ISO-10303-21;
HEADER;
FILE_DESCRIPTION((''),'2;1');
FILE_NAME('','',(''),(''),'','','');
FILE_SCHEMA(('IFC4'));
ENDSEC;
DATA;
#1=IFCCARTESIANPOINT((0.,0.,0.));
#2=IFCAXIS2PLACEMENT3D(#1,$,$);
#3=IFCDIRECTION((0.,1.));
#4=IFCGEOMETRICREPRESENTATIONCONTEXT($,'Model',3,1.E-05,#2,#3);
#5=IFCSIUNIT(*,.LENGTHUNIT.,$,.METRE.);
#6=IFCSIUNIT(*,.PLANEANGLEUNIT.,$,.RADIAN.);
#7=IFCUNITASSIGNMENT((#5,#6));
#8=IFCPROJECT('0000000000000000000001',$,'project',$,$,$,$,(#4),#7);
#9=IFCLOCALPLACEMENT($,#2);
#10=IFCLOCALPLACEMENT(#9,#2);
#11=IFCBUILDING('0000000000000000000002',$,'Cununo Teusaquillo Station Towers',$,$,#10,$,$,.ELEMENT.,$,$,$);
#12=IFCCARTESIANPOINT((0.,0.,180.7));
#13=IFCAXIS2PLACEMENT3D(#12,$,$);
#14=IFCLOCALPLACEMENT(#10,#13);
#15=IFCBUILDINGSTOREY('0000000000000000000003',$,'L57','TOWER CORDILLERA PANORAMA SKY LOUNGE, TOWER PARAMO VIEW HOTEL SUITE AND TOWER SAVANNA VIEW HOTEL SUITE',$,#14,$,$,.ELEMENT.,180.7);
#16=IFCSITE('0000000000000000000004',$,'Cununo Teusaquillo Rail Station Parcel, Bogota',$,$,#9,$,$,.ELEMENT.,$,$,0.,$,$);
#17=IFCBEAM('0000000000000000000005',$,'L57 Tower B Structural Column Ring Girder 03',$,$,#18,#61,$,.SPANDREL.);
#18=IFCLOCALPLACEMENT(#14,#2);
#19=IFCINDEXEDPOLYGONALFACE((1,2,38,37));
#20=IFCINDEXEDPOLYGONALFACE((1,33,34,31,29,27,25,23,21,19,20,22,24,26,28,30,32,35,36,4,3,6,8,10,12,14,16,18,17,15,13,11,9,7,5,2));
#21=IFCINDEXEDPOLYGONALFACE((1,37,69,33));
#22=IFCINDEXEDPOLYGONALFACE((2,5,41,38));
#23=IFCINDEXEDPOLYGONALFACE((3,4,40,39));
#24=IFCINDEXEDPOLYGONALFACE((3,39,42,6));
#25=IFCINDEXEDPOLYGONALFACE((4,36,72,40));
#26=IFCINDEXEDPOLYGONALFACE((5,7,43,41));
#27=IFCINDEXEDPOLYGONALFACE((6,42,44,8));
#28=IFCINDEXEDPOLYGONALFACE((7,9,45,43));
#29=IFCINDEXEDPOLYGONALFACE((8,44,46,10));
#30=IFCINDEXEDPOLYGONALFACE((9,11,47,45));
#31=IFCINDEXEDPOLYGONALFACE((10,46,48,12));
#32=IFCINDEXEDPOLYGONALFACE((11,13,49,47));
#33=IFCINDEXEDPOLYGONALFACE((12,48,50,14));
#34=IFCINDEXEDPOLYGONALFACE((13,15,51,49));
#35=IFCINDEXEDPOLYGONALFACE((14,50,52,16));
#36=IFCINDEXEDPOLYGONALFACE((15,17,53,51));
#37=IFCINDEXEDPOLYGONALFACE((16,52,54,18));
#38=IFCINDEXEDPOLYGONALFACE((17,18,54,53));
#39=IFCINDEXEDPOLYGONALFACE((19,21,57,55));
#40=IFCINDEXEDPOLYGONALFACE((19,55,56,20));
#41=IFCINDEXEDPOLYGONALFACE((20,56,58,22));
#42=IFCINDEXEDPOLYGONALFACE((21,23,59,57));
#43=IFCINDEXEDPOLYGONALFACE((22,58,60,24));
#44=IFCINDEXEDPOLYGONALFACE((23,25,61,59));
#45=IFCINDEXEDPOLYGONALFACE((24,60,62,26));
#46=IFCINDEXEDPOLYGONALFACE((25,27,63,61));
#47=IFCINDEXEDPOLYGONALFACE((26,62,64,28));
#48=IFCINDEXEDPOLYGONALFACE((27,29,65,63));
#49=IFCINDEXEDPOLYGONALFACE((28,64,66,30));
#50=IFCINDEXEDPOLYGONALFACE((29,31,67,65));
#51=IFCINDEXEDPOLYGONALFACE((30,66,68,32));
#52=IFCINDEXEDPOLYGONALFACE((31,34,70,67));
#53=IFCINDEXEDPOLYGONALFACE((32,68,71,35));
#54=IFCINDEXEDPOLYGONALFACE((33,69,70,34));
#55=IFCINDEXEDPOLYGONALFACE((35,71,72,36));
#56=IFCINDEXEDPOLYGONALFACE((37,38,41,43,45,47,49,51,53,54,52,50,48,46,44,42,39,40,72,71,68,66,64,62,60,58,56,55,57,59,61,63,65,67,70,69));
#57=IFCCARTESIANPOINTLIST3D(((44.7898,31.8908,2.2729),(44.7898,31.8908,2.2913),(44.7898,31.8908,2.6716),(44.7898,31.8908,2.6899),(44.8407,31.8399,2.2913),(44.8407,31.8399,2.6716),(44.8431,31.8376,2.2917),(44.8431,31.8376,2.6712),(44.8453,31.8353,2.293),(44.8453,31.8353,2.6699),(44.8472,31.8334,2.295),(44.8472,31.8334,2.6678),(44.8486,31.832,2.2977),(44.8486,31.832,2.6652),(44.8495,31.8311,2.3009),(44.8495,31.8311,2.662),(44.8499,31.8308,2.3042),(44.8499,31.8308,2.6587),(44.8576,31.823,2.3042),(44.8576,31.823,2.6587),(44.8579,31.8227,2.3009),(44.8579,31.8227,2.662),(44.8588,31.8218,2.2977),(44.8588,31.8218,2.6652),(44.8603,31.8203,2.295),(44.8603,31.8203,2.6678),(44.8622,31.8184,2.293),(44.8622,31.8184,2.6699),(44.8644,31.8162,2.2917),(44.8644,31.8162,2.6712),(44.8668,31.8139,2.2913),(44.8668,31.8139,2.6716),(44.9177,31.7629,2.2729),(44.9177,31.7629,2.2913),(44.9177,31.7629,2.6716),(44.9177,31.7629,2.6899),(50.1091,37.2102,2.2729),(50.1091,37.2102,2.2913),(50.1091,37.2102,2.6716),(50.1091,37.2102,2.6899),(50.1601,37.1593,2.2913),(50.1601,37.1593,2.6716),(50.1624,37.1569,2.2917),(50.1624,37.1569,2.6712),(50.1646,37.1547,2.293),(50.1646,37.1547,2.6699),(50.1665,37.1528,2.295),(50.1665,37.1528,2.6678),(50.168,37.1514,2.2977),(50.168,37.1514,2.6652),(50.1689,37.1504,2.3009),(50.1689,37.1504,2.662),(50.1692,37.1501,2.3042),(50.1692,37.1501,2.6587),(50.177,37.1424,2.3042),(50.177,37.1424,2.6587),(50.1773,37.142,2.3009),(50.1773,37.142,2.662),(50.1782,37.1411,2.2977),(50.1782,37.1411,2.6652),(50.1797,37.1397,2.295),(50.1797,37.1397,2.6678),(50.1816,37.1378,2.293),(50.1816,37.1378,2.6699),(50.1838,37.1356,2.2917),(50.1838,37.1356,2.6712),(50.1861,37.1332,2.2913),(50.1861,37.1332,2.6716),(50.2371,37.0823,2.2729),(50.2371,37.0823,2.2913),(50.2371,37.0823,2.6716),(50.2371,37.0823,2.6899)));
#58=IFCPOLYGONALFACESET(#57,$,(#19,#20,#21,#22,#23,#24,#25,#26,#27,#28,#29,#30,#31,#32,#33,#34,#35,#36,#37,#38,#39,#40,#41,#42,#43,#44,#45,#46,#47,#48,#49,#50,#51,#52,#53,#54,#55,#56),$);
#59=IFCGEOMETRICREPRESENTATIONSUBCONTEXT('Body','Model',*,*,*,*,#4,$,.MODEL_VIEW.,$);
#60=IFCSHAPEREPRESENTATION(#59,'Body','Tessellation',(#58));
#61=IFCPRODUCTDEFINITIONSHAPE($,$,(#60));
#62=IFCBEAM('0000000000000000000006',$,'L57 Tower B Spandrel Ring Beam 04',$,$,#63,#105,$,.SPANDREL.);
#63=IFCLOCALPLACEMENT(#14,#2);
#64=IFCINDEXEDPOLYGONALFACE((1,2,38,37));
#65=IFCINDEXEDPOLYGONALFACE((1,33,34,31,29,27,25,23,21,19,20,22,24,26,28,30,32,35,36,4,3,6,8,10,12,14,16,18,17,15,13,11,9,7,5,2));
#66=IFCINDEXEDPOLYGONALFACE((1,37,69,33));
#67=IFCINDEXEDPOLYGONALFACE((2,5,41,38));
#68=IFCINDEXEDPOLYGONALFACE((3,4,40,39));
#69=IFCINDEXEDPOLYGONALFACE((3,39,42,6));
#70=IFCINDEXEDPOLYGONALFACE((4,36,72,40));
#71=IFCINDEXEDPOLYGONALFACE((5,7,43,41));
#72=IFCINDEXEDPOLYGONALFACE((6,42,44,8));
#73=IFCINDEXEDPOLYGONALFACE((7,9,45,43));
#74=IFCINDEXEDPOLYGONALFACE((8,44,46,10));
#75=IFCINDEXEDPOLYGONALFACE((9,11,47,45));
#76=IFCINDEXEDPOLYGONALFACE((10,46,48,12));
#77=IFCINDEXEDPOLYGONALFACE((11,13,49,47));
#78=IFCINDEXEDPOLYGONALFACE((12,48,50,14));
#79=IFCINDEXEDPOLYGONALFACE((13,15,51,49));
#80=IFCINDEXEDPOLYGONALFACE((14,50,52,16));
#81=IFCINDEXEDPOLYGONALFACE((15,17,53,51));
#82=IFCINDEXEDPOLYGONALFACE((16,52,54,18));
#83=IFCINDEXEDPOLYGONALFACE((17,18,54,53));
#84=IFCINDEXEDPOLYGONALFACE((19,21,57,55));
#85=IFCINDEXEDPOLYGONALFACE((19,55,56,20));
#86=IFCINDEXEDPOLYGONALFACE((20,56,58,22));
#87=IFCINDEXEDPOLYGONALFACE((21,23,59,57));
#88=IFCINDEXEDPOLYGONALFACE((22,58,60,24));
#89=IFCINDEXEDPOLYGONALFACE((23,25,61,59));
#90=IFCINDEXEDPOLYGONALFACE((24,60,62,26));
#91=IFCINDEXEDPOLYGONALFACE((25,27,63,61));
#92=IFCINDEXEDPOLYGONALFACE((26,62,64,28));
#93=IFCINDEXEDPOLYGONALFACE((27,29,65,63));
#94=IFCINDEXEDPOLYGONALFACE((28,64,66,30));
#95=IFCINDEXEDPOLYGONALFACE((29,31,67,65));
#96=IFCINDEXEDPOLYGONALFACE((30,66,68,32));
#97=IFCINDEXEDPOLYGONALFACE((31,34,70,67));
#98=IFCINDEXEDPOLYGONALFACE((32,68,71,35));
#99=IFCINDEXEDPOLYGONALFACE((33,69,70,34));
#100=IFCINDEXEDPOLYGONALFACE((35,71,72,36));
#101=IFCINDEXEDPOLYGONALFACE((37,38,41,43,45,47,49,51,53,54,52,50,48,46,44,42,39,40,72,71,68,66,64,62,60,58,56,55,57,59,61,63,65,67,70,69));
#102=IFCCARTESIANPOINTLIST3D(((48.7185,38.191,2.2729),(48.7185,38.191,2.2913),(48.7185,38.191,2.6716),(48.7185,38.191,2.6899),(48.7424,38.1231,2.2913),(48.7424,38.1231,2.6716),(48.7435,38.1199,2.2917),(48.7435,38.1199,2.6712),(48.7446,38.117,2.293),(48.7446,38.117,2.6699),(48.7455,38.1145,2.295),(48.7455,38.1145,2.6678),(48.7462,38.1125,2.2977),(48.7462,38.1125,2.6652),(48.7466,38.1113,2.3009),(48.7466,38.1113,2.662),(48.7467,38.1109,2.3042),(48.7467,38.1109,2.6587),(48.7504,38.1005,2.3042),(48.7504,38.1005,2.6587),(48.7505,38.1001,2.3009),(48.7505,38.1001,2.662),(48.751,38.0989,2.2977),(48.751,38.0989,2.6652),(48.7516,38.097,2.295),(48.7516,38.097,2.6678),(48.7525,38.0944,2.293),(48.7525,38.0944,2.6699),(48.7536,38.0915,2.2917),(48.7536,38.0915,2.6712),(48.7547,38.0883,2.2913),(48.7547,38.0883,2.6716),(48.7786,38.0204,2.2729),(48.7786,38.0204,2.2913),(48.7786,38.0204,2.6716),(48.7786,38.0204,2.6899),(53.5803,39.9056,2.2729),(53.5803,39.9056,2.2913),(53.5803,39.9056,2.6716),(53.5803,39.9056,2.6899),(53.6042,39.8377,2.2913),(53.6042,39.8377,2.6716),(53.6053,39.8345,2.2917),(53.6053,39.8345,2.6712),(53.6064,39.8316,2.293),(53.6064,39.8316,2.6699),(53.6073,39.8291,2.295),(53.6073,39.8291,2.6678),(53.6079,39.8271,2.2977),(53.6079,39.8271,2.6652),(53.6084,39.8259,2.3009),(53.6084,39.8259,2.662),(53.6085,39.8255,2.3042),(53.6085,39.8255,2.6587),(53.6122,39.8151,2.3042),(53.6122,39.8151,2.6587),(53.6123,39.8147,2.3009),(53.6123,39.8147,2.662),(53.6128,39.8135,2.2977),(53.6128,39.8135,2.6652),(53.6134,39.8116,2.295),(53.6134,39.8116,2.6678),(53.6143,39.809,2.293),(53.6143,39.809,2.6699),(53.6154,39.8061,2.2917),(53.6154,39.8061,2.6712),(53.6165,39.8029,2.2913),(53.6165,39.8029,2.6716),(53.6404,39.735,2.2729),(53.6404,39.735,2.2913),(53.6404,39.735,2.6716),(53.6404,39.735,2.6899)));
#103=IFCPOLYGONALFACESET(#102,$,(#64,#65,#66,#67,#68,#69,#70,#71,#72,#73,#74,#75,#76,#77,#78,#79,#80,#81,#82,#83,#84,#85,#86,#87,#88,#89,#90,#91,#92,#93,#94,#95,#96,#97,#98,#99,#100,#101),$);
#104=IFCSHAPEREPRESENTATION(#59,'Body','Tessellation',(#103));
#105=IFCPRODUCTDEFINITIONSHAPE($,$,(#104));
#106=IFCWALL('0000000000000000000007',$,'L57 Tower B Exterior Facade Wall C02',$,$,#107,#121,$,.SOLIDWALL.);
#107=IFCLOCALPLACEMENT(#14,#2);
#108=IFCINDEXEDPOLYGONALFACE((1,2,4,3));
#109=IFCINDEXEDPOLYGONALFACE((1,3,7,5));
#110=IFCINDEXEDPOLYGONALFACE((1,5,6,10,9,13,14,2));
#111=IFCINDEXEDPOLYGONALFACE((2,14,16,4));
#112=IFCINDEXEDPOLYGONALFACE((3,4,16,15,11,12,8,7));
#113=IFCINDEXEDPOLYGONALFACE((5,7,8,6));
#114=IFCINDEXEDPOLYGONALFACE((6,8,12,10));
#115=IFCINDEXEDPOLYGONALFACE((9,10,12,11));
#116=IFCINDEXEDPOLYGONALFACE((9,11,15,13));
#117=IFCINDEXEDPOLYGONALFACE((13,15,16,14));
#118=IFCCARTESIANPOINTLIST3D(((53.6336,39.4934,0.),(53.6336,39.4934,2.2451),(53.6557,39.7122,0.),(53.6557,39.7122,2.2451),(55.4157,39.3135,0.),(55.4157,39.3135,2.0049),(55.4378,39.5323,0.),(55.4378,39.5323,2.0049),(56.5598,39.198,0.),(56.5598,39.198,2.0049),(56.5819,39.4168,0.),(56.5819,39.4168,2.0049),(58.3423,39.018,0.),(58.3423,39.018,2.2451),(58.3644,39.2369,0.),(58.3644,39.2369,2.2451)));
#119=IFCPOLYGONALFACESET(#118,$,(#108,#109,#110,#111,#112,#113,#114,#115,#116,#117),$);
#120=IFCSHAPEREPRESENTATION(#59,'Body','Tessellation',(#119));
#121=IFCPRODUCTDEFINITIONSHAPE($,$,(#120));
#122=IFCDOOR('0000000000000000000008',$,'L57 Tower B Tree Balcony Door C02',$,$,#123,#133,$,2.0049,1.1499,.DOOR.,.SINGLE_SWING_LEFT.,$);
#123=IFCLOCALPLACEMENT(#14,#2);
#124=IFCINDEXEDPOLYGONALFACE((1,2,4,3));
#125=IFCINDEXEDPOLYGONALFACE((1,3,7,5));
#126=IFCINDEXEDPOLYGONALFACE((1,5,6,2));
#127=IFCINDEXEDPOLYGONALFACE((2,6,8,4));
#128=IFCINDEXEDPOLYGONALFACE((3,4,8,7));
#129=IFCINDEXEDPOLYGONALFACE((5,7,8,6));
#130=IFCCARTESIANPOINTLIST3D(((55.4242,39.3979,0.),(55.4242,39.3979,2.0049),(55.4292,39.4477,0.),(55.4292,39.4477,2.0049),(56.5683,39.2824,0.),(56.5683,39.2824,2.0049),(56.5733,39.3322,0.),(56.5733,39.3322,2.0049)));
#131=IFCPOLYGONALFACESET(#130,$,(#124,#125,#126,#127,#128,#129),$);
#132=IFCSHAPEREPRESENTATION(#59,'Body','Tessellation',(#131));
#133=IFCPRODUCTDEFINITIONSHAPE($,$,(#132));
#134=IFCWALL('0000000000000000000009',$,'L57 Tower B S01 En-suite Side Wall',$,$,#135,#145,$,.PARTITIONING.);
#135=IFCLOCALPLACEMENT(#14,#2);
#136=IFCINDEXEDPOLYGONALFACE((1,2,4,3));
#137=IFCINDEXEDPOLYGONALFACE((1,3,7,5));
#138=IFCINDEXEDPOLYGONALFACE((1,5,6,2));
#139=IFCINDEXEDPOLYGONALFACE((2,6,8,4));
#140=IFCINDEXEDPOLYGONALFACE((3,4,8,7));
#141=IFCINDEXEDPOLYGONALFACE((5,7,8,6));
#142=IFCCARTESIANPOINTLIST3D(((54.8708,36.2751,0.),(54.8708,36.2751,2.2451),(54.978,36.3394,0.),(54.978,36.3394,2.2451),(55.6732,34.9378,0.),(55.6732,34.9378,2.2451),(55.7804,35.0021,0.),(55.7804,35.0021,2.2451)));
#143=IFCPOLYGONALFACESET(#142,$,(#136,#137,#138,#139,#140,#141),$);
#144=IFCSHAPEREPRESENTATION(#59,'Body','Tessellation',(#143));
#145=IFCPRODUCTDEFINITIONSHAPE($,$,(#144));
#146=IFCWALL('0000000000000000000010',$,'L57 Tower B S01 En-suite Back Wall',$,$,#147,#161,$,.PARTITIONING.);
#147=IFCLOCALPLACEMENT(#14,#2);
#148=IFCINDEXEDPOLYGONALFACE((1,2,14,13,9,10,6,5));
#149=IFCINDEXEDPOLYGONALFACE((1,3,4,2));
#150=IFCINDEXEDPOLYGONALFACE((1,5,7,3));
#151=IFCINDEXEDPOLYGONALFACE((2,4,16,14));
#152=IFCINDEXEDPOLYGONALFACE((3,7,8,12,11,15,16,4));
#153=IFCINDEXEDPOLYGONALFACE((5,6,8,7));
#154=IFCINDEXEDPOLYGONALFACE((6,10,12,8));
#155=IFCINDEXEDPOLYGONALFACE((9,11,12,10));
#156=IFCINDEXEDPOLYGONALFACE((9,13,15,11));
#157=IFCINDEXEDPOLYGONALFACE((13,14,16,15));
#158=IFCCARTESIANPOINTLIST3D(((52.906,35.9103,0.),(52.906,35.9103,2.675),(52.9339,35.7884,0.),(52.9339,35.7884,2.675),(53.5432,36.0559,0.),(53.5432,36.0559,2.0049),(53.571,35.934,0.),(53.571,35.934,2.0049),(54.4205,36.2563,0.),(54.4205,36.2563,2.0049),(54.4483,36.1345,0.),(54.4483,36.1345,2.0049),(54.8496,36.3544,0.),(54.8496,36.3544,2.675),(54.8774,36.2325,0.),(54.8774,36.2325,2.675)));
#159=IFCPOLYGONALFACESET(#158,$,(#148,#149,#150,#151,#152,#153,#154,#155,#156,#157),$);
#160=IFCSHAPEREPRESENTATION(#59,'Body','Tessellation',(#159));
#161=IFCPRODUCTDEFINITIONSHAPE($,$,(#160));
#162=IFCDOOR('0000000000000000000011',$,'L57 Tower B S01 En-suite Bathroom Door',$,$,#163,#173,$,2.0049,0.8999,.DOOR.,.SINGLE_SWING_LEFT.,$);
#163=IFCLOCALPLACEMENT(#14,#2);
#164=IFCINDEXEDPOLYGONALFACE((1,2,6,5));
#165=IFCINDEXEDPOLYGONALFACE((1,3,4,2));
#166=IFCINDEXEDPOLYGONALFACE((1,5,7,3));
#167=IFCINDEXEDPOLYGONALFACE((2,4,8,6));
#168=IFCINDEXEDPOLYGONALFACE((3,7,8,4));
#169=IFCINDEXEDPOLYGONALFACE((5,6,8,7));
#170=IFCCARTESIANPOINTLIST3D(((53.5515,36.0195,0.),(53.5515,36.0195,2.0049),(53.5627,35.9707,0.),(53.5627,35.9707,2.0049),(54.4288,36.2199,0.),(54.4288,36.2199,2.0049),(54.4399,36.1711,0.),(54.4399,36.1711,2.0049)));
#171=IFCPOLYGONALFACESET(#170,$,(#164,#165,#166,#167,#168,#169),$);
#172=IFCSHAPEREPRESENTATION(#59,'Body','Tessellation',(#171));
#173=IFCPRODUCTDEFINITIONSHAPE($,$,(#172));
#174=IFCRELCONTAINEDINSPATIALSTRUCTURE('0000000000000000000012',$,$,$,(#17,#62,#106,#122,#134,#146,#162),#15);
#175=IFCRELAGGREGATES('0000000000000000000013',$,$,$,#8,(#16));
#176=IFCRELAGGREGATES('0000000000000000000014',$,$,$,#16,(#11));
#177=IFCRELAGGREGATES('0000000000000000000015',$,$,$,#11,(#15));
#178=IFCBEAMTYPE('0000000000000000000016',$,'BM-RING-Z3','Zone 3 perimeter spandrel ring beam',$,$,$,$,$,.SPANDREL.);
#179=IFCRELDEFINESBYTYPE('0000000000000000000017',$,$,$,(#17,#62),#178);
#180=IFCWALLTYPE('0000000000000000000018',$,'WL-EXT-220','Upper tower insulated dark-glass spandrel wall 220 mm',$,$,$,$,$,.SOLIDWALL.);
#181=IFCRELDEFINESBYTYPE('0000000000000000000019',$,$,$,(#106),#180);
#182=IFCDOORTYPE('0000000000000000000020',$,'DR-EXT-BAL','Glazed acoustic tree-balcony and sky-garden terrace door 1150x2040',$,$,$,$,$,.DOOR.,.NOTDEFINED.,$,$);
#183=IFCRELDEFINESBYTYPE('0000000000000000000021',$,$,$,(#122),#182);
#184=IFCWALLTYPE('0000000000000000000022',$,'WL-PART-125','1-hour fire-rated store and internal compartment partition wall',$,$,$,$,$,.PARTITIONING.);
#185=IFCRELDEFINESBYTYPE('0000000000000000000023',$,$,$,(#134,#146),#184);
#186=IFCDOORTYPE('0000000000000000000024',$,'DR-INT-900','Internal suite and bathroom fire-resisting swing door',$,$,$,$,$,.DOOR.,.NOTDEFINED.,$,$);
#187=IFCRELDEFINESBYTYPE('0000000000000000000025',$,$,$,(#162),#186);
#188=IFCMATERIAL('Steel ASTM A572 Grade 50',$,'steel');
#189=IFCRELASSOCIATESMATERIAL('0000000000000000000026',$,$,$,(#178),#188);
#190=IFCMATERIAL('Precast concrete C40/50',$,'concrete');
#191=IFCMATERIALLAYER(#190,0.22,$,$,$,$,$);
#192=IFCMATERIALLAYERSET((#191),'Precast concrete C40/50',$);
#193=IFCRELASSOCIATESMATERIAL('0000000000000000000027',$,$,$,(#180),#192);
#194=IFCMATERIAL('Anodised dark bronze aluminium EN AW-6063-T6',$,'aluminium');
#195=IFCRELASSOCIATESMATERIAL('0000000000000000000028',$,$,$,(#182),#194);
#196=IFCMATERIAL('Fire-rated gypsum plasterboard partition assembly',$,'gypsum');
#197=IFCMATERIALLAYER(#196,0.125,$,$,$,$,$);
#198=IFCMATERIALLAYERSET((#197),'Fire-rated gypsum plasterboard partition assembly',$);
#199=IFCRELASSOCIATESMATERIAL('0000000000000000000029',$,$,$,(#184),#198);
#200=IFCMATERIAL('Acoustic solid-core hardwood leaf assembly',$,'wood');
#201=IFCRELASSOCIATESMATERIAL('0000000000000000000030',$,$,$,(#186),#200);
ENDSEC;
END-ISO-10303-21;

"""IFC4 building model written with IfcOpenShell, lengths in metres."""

from ifc_helpers import new_model, si_unit, direction, frame, frame_2d, origin, origin_2d, place, context, subcontext, project, spatial, rectangle, i_section, extrude, source, transform, mapped, material, layer, layer_set, material_profile, profile_set, type_object, element, fill, save


model = new_model("IFC4")

# Units and contexts
model_context = context("Model", 3, precision=1e-05, world=origin(), true_north=direction((0.0, 1.0)))
body_context = subcontext(model_context, "Body", "Model", "MODEL_VIEW")
ifc_project = project(units=[si_unit("LENGTHUNIT", "METRE"), si_unit("PLANEANGLEUNIT", "RADIAN")], contexts=[model_context])

# Site, building, storey
site_placement = place(None, origin())
site = spatial("IfcSite", under=ifc_project, at=site_placement, Name="Cununo Teusaquillo Rail Station Parcel, Bogota", CompositionType="ELEMENT", RefElevation=0.0)
building_placement = place(site_placement, origin())
building = spatial("IfcBuilding", under=site, at=building_placement, Name="Cununo Teusaquillo Station Towers", CompositionType="ELEMENT")
storey_placement = place(building_placement, frame((0.0, 0.0, 180.7)))
storey = spatial("IfcBuildingStorey", under=building, at=storey_placement, Name="L57", Description="TOWER CORDILLERA PANORAMA SKY LOUNGE, TOWER PARAMO VIEW HOTEL SUITE AND TOWER SAVANNA VIEW HOTEL SUITE", CompositionType="ELEMENT", Elevation=180.7)

# Beams
ifc_material_1 = material(Name="Steel ASTM A572 Grade 50", Category="steel")
ifc_material_profile_1 = material_profile(ifc_material_1, i_section(OverallWidth=0.1809, OverallDepth=0.417, WebThickness=0.011, FlangeThickness=0.0183, FilletRadius=0.0129, at=origin_2d()), Name="W16X57")
ifc_profile_set_1 = profile_set([ifc_material_profile_1], Name="Steel ASTM A572 Grade 50")
beam_type_1 = type_object("IfcBeamType", Name="BM-RING-Z3", Description="Zone 3 perimeter spandrel ring beam", PredefinedType="SPANDREL", material=ifc_profile_set_1)
beam_1_placement = place(storey_placement, frame((50.1731, 37.1462, 2.4814), z_axis=(-0.707107, -0.707107, 0.0), x_axis=(0.707107, -0.707107, 0.0)))
element("IfcBeam", 1, at=beam_1_placement, inside=storey, type_object=beam_type_1, Name="L57 Tower B Structural Column Ring Girder 03", PredefinedType="SPANDREL", context=body_context, shape_type="SweptSolid", body=[
    extrude(i_section(OverallWidth=0.1809, OverallDepth=0.417, WebThickness=0.011, FlangeThickness=0.0183, FilletRadius=0.0129, at=origin_2d()), origin(), (0.0, 0.0, 1.0), 7.5227),
])
beam_2_placement = place(storey_placement, frame((53.6104, 39.8203, 2.4814), z_axis=(-0.943072, -0.33259, 0.0), x_axis=(0.33259, -0.943072, 0.0)))
element("IfcBeam", 2, at=beam_2_placement, inside=storey, type_object=beam_type_1, Name="L57 Tower B Spandrel Ring Beam 04", PredefinedType="SPANDREL", context=body_context, shape_type="SweptSolid", body=[
    extrude(i_section(OverallWidth=0.1809, OverallDepth=0.417, WebThickness=0.011, FlangeThickness=0.0183, FilletRadius=0.0129, at=origin_2d()), origin(), (0.0, 0.0, 1.0), 5.1553),
])

# Wall, opening, door
ifc_material_2 = material(Name="Precast concrete C40/50", Category="concrete")
ifc_layer_1 = layer(ifc_material_2, 0.22)
ifc_layer_set_1 = layer_set([ifc_layer_1], Name="Precast concrete C40/50")
wall_type_1 = type_object("IfcWallType", Name="WL-EXT-220", Description="Upper tower insulated dark-glass spandrel wall 220 mm", PredefinedType="SOLIDWALL", material=ifc_layer_set_1)
wall_1_placement = place(storey_placement, frame((53.6448, 39.6028, 0.0), z_axis=(0.0, 0.0, 1.0), x_axis=(0.994943, -0.100438, 0.0)))
wall_1 = element("IfcWall", 3, at=wall_1_placement, inside=storey, type_object=wall_type_1, Name="L57 Tower B Exterior Facade Wall C02", PredefinedType="SOLIDWALL", context=body_context, shape_type="SweptSolid", body=[
    extrude(rectangle(XDim=4.7327, YDim=0.22, at=frame_2d((2.3662, 0.0))), origin(), (0.0, 0.0, 1.0), 2.2451),
])
shared_shape_1 = source(origin(), body_context, "Body", "SweptSolid", [
    extrude(rectangle(XDim=1.1499, YDim=2.0049, at=frame_2d((0.575, 1.0024))), frame((0.0, 0.1199, 0.0), z_axis=(0.0, -1.0, 0.0), x_axis=(1.0, 0.0, 0.0)), (0.0, 0.0, 1.0), 0.24),
])
opening_1_placement = place(wall_1_placement, frame((1.791, 0.0, 0.0)))
opening_1 = element("IfcOpeningElement", 4, at=opening_1_placement, cuts=wall_1, PredefinedType="OPENING", context=body_context, shape_type="MappedRepresentation", body=[
    mapped(shared_shape_1, transform((0.0, 0.0, 0.0), x_axis=(1.0, 0.0, 0.0), y_axis=(0.0, 1.0, 0.0), z_axis=(0.0, 0.0, 1.0), scale=1.0)),
])
ifc_material_3 = material(Name="Anodised dark bronze aluminium EN AW-6063-T6", Category="aluminium")
door_type_1 = type_object("IfcDoorType", Name="DR-EXT-BAL", Description="Glazed acoustic tree-balcony and sky-garden terrace door 1150x2040", OperationType="NOTDEFINED", PredefinedType="DOOR", material=ifc_material_3)
shared_shape_2 = source(origin(), body_context, "Body", "SweptSolid", [
    extrude(rectangle(XDim=1.1499, YDim=2.0049, at=frame_2d((0.575, 1.0024))), frame((0.0, 0.0249, 0.0), z_axis=(0.0, -1.0, 0.0), x_axis=(1.0, 0.0, 0.0)), (0.0, 0.0, 1.0), 0.05),
])
door_1_placement = place(opening_1_placement, origin())
door_1 = element("IfcDoor", 5, at=door_1_placement, inside=storey, type_object=door_type_1, Name="L57 Tower B Tree Balcony Door C02", OperationType="SINGLE_SWING_LEFT", OverallHeight=2.0049, OverallWidth=1.1499, PredefinedType="DOOR", context=body_context, shape_type="MappedRepresentation", body=[
    mapped(shared_shape_2, transform((0.0, 0.0, 0.0), x_axis=(1.0, 0.0, 0.0), y_axis=(0.0, 1.0, 0.0), z_axis=(0.0, 0.0, 1.0), scale=1.0)),
])
fill(opening_1, door_1)

# Wall
ifc_material_4 = material(Name="Fire-rated gypsum plasterboard partition assembly", Category="gypsum")
ifc_layer_2 = layer(ifc_material_4, 0.125)
ifc_layer_set_2 = layer_set([ifc_layer_2], Name="Fire-rated gypsum plasterboard partition assembly")
wall_type_2 = type_object("IfcWallType", Name="WL-PART-125", Description="1-hour fire-rated store and internal compartment partition wall", PredefinedType="PARTITIONING", material=ifc_layer_set_2)
wall_2_placement = place(storey_placement, frame((55.7268, 34.97, 0.0), z_axis=(0.0, 0.0, 1.0), x_axis=(-0.514519, 0.857479, 0.0)))
element("IfcWall", 6, at=wall_2_placement, inside=storey, type_object=wall_type_2, Name="L57 Tower B S01 En-suite Side Wall", PredefinedType="PARTITIONING", context=body_context, shape_type="SweptSolid", body=[
    extrude(rectangle(XDim=1.5596, YDim=0.125, at=frame_2d((0.7798, 0.0))), origin(), (0.0, 0.0, 1.0), 2.2451),
])

# Wall, opening, door
wall_3_placement = place(storey_placement, frame((54.8635, 36.2935, 0.0), z_axis=(0.0, 0.0, 1.0), x_axis=(-0.974876, -0.222748, 0.0)))
wall_3 = element("IfcWall", 7, at=wall_3_placement, inside=storey, type_object=wall_type_2, Name="L57 Tower B S01 En-suite Back Wall", PredefinedType="PARTITIONING", context=body_context, shape_type="SweptSolid", body=[
    extrude(rectangle(XDim=1.9937, YDim=0.125, at=frame_2d((0.9968, 0.0))), origin(), (0.0, 0.0, 1.0), 2.675),
])
shared_shape_3 = source(origin(), body_context, "Body", "SweptSolid", [
    extrude(rectangle(XDim=0.8999, YDim=2.0049, at=frame_2d((0.45, 1.0024))), frame((0.0, 0.0725, 0.0), z_axis=(0.0, -1.0, 0.0), x_axis=(1.0, 0.0, 0.0)), (0.0, 0.0, 1.0), 0.145),
])
opening_2_placement = place(wall_3_placement, frame((0.4402, 0.0, 0.0)))
opening_2 = element("IfcOpeningElement", 8, at=opening_2_placement, cuts=wall_3, PredefinedType="OPENING", context=body_context, shape_type="MappedRepresentation", body=[
    mapped(shared_shape_3, transform((0.0, 0.0, 0.0), x_axis=(1.0, 0.0, 0.0), y_axis=(0.0, 1.0, 0.0), z_axis=(0.0, 0.0, 1.0), scale=1.0)),
])
ifc_material_5 = material(Name="Acoustic solid-core hardwood leaf assembly", Category="wood")
door_type_2 = type_object("IfcDoorType", Name="DR-INT-900", Description="Internal suite and bathroom fire-resisting swing door", OperationType="NOTDEFINED", PredefinedType="DOOR", material=ifc_material_5)
shared_shape_4 = source(origin(), body_context, "Body", "SweptSolid", [
    extrude(rectangle(XDim=0.8999, YDim=2.0049, at=frame_2d((0.45, 1.0024))), frame((0.0, 0.0249, 0.0), z_axis=(0.0, -1.0, 0.0), x_axis=(1.0, 0.0, 0.0)), (0.0, 0.0, 1.0), 0.05),
])
door_2_placement = place(opening_2_placement, origin())
door_2 = element("IfcDoor", 9, at=door_2_placement, inside=storey, type_object=door_type_2, Name="L57 Tower B S01 En-suite Bathroom Door", OperationType="SINGLE_SWING_LEFT", OverallHeight=2.0049, OverallWidth=0.8999, PredefinedType="DOOR", context=body_context, shape_type="MappedRepresentation", body=[
    mapped(shared_shape_4, transform((0.0, 0.0, 0.0), x_axis=(1.0, 0.0, 0.0), y_axis=(0.0, 1.0, 0.0), z_axis=(0.0, 0.0, 1.0), scale=1.0)),
])
fill(opening_2, door_2)

save(model, "model.ifc")
